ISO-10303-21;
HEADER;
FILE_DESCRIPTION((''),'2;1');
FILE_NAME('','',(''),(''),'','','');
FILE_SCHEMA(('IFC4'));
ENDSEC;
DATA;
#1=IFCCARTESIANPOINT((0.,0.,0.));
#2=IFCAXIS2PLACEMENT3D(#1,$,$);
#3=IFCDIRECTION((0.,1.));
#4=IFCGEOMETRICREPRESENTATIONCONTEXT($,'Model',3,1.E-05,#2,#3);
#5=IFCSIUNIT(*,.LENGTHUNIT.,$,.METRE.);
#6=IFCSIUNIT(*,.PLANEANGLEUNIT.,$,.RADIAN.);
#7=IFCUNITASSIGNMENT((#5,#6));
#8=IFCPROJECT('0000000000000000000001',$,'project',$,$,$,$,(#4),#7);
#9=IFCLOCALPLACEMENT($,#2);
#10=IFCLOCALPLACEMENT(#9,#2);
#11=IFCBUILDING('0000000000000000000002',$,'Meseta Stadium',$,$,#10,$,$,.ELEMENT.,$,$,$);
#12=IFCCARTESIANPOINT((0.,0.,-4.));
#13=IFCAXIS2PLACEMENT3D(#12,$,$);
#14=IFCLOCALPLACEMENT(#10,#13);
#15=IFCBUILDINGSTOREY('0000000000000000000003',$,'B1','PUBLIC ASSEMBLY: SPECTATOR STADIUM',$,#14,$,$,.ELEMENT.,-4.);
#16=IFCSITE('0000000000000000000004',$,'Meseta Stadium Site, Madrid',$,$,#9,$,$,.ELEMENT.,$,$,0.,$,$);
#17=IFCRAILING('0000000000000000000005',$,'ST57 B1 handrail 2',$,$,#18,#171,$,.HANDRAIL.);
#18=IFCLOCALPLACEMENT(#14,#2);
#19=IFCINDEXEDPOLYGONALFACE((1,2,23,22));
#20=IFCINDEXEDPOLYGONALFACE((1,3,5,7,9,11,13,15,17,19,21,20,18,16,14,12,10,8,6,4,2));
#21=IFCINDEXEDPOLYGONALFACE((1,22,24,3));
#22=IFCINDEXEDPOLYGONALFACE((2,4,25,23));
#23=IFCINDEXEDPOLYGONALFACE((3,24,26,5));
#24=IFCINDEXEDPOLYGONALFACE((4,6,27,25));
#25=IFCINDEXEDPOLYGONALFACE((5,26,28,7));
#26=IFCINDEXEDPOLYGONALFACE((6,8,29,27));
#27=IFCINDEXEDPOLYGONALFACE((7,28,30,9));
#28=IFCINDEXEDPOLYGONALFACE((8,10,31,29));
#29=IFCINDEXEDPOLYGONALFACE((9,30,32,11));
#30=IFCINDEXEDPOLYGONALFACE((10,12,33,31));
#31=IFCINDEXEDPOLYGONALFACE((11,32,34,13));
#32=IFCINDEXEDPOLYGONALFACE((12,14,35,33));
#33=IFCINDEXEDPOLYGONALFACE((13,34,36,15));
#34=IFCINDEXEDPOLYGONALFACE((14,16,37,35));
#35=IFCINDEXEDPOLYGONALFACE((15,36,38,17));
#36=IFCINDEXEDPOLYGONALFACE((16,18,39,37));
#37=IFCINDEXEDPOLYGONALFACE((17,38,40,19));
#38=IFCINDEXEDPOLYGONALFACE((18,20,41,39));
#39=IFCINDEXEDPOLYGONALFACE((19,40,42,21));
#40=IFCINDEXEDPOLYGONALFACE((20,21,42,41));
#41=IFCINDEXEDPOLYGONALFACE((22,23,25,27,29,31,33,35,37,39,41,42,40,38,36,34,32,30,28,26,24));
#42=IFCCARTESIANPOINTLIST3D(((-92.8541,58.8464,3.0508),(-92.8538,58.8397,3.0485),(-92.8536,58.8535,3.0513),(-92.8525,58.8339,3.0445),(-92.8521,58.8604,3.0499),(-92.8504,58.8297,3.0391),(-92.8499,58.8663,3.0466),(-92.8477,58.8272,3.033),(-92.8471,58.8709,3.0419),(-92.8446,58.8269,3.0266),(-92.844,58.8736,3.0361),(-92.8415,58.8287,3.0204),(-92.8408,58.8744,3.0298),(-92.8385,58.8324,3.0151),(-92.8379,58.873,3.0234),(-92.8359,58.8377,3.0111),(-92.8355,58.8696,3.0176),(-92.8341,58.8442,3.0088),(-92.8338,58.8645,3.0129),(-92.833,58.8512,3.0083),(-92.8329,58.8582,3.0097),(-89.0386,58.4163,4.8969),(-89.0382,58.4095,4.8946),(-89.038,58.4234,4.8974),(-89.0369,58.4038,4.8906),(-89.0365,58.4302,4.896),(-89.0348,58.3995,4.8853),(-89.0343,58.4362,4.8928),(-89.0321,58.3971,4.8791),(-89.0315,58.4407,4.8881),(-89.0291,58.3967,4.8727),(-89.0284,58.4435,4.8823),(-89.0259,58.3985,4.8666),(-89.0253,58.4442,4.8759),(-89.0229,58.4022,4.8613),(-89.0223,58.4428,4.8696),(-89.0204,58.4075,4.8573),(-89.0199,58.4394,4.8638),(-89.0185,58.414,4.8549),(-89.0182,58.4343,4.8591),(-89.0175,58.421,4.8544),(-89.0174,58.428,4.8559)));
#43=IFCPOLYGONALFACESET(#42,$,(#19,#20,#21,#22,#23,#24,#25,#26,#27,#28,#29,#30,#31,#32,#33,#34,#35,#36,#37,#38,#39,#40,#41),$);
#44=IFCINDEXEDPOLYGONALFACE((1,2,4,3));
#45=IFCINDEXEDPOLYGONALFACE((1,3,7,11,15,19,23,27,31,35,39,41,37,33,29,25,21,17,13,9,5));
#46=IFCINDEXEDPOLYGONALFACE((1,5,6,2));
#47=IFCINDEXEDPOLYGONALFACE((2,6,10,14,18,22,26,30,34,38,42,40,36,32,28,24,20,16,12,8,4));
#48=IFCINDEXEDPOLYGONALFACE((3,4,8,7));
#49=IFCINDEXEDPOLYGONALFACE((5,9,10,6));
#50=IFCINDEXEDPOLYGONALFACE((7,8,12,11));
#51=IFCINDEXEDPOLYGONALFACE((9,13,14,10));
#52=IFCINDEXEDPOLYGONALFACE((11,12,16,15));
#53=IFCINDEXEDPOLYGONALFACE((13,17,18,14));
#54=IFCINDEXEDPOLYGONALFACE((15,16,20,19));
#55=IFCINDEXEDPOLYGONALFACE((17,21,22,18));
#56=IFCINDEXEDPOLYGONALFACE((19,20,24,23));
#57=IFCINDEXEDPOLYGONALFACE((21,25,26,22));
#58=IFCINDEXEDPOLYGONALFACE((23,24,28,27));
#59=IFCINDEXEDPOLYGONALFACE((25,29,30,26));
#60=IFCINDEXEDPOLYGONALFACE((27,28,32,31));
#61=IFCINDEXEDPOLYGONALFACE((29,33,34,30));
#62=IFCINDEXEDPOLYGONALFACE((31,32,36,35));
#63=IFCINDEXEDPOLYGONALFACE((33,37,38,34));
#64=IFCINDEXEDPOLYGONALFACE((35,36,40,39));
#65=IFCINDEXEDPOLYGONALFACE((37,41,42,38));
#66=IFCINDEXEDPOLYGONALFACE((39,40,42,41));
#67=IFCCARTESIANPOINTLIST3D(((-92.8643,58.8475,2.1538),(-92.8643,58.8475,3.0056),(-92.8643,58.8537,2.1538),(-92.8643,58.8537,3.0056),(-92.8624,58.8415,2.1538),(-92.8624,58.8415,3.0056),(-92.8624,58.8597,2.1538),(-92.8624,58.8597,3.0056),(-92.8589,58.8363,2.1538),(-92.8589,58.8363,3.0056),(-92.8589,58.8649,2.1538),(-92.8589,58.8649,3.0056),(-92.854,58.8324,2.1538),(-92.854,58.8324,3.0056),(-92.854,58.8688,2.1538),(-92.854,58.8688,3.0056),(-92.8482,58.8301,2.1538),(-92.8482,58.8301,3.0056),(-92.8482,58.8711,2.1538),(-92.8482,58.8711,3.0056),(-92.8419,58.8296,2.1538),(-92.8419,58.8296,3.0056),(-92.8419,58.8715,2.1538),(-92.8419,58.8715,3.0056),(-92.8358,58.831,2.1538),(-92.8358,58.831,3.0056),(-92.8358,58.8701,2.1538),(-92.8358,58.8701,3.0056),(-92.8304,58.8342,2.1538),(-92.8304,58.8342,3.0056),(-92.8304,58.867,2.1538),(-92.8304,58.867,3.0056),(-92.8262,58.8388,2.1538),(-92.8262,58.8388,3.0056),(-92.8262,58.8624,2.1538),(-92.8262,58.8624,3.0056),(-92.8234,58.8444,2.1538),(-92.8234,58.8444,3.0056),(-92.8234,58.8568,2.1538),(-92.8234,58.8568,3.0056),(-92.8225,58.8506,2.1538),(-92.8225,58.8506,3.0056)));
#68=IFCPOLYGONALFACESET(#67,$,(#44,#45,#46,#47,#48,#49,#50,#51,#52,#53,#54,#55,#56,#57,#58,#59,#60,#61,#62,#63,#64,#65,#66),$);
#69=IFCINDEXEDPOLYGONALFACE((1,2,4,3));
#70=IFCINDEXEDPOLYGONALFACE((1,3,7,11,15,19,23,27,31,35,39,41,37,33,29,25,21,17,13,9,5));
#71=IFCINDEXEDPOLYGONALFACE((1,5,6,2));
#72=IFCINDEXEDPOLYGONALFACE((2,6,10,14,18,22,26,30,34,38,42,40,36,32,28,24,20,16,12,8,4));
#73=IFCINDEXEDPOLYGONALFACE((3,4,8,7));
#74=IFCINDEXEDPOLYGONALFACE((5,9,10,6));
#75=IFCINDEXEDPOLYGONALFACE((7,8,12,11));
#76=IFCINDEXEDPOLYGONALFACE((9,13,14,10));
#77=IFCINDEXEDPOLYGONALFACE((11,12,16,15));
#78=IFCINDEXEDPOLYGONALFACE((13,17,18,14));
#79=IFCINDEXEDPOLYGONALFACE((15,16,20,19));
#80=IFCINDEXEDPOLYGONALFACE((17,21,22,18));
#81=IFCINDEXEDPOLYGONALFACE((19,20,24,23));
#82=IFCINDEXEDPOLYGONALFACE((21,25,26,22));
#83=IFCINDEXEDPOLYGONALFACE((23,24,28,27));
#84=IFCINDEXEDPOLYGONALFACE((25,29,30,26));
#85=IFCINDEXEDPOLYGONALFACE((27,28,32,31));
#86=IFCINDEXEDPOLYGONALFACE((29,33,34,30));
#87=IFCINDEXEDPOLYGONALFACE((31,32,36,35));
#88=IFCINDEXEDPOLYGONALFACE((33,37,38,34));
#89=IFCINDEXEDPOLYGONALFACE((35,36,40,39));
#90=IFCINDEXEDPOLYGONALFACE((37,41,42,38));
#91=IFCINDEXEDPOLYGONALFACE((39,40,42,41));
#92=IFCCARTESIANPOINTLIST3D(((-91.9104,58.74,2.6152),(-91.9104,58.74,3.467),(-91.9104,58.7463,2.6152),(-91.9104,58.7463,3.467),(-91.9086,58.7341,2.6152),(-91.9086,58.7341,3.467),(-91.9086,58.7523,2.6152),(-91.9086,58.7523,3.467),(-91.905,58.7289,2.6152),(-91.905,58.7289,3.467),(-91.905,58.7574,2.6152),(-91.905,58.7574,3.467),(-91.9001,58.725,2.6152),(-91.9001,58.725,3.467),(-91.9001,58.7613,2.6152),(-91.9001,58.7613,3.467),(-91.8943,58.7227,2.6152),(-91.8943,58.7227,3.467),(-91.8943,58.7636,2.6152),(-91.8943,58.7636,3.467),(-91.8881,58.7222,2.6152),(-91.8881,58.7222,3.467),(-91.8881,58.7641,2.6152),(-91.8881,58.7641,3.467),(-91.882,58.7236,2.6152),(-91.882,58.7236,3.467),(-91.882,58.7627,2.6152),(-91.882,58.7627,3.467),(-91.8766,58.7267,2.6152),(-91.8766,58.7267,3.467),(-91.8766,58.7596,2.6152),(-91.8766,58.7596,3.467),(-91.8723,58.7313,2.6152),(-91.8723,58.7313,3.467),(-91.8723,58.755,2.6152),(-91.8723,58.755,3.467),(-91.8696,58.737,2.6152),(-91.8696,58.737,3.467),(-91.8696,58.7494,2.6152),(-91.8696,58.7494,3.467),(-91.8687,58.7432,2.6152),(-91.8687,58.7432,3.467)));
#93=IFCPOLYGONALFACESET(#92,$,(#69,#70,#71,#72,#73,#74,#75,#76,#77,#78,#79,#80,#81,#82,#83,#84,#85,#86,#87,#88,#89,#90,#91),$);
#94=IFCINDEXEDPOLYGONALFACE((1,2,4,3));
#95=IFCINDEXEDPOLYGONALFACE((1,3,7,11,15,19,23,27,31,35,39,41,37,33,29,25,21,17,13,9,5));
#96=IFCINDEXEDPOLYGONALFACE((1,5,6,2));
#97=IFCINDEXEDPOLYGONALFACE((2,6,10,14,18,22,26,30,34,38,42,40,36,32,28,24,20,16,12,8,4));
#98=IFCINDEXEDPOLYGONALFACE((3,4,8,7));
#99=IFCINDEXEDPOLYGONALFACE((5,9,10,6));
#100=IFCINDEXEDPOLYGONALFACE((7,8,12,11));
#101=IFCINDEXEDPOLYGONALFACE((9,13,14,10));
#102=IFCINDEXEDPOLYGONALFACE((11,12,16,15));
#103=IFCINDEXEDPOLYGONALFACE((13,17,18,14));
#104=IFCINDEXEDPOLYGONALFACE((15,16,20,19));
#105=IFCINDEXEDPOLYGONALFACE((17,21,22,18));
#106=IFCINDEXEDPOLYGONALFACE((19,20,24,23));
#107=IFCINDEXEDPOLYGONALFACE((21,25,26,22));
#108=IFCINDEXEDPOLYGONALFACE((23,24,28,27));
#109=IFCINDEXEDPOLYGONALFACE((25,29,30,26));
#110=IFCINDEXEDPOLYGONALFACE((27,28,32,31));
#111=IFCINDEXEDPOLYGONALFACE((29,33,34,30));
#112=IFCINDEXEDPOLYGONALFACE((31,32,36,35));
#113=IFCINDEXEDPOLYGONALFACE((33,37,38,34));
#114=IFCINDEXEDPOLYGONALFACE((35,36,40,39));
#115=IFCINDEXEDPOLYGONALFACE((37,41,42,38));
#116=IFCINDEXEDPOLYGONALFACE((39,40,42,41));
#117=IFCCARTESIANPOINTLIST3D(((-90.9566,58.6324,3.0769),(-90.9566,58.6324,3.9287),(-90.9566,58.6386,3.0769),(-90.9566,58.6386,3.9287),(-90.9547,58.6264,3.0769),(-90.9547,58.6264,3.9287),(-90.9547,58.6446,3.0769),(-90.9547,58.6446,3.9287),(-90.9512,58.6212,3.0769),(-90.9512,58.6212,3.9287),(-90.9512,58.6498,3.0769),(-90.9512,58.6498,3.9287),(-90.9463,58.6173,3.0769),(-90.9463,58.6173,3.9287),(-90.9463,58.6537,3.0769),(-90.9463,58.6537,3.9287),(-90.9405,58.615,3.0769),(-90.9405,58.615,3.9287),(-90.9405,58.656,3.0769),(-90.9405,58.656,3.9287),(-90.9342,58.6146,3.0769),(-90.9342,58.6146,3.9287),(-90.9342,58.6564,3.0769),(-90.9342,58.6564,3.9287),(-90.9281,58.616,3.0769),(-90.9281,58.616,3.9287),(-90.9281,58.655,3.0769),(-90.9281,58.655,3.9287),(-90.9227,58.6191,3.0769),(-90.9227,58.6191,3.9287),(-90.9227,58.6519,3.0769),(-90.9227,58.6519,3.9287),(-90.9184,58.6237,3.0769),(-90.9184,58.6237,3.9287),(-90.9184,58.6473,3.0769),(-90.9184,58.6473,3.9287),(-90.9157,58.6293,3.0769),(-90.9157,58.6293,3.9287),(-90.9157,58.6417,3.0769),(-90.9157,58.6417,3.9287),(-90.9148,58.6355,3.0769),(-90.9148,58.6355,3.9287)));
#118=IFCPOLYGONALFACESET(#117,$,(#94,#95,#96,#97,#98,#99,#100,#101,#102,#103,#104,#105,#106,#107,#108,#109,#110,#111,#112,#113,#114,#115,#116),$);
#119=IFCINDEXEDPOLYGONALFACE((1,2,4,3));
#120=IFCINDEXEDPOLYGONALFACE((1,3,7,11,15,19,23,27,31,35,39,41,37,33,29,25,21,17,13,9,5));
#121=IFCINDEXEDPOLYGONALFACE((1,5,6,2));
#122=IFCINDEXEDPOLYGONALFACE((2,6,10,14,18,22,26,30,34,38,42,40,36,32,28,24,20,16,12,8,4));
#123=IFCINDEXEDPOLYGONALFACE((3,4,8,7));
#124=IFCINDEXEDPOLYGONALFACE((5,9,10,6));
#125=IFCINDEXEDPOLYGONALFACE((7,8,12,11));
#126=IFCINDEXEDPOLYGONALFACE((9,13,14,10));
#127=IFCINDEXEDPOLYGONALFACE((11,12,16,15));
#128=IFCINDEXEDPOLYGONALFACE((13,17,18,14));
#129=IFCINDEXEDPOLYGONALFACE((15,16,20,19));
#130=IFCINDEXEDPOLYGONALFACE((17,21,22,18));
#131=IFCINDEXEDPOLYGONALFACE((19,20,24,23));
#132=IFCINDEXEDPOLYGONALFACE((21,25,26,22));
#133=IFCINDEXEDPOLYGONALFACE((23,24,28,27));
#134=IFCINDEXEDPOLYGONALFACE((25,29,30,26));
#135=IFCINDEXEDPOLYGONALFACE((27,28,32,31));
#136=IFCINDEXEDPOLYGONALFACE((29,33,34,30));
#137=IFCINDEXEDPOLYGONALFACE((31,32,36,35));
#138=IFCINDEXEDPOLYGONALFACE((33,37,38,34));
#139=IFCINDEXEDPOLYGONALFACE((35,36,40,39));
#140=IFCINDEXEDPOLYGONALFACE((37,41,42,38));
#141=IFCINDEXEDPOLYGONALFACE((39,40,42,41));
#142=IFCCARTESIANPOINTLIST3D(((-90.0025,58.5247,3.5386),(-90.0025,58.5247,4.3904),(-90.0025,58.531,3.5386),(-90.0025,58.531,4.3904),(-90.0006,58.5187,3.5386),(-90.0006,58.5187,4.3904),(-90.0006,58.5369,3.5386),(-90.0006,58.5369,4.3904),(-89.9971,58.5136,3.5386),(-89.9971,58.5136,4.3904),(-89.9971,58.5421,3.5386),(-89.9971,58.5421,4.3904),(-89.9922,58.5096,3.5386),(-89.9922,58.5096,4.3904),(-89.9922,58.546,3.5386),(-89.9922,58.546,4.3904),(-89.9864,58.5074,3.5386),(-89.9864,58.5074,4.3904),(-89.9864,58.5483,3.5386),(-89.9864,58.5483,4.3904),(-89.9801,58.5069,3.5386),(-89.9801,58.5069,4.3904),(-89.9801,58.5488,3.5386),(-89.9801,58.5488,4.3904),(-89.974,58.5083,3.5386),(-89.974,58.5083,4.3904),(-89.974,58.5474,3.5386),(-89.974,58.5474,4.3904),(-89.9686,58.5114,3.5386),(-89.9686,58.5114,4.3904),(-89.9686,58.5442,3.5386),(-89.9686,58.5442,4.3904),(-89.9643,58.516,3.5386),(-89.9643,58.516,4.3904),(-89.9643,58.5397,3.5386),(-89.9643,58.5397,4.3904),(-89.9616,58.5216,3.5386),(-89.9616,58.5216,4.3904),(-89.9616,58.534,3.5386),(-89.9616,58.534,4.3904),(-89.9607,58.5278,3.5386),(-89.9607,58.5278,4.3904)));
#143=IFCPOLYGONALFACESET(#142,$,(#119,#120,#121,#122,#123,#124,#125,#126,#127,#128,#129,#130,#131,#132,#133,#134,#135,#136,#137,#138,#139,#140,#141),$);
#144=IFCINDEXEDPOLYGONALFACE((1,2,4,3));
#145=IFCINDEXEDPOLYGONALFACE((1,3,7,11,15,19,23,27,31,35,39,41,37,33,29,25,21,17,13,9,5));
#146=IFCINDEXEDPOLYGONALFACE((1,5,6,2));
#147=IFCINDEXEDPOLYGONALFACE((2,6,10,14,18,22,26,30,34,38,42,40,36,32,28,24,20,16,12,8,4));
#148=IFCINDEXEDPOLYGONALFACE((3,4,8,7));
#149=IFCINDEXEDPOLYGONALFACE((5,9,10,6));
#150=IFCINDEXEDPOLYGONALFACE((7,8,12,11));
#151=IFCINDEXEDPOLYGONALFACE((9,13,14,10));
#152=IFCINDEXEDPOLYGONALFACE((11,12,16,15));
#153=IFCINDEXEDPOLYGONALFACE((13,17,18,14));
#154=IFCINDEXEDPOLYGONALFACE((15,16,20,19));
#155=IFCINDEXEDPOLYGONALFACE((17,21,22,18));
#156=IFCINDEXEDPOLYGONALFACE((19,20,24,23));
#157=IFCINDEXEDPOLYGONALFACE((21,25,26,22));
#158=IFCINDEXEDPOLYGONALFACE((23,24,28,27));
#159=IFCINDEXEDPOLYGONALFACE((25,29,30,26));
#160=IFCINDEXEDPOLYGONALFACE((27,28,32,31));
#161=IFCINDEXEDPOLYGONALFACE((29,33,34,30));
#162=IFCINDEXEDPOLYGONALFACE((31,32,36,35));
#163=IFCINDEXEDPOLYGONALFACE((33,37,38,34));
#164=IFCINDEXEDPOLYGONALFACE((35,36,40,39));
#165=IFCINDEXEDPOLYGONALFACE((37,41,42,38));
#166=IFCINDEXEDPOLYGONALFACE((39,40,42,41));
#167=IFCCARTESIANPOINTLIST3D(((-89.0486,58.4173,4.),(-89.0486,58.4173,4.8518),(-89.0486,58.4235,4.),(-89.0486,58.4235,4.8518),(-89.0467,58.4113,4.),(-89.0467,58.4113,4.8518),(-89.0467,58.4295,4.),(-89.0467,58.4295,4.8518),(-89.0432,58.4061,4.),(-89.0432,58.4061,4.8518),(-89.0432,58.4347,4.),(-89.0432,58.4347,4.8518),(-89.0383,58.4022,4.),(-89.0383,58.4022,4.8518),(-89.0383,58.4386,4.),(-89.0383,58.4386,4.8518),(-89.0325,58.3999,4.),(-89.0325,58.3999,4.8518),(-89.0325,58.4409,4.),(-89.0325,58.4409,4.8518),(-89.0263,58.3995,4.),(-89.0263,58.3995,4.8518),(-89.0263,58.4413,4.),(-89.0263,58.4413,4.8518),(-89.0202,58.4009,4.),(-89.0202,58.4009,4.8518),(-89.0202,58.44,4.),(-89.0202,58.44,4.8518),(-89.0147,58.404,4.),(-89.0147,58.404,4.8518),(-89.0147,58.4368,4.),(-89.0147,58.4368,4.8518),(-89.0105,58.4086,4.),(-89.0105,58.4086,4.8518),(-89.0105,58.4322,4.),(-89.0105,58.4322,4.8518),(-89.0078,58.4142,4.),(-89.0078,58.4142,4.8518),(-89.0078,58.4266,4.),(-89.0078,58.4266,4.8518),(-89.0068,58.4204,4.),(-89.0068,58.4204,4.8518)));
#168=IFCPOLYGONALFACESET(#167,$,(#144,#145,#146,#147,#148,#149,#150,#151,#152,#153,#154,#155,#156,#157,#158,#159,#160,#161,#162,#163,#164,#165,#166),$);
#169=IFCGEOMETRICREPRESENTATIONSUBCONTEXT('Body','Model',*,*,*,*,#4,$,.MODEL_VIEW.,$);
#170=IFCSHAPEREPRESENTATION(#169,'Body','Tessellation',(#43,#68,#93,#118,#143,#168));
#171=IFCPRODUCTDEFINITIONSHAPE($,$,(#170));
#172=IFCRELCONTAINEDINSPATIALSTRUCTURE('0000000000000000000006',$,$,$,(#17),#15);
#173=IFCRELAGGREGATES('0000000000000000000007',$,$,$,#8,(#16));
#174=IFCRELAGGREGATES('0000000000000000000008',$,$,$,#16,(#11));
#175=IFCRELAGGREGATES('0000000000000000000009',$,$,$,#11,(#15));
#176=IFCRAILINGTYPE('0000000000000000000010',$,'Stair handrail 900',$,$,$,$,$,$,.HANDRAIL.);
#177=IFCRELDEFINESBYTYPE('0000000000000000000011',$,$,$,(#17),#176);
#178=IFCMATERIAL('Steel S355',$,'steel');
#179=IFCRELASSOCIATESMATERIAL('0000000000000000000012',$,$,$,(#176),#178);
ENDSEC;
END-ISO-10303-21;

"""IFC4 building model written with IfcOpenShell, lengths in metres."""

from ifc_helpers import new_model, si_unit, direction, frame, origin, origin_2d, place, context, subcontext, project, spatial, circle, extrude, material, type_object, element, save


model = new_model("IFC4")

# Units and contexts
model_context = context("Model", 3, precision=1e-05, world=origin(), true_north=direction((0.0, 1.0)))
body_context = subcontext(model_context, "Body", "Model", "MODEL_VIEW")
ifc_project = project(units=[si_unit("LENGTHUNIT", "METRE"), si_unit("PLANEANGLEUNIT", "RADIAN")], contexts=[model_context])

# Site, building, storey
site_placement = place(None, origin())
site = spatial("IfcSite", under=ifc_project, at=site_placement, Name="Meseta Stadium Site, Madrid", CompositionType="ELEMENT", RefElevation=0.0)
building_placement = place(site_placement, origin())
building = spatial("IfcBuilding", under=site, at=building_placement, Name="Meseta Stadium", CompositionType="ELEMENT")
storey_placement = place(building_placement, frame((0.0, 0.0, -4.0)))
storey = spatial("IfcBuildingStorey", under=building, at=storey_placement, Name="B1", Description="PUBLIC ASSEMBLY: SPECTATOR STADIUM", CompositionType="ELEMENT", Elevation=-4.0)

# Railing
ifc_material_1 = material(Name="Steel S355", Category="steel")
railing_type_1 = type_object("IfcRailingType", Name="Stair handrail 900", PredefinedType="HANDRAIL", material=ifc_material_1)
railing_1_placement = place(storey_placement, frame((-92.8435, 58.8506, 2.1538)))
element("IfcRailing", 1, at=railing_1_placement, inside=storey, type_object=railing_type_1, Name="ST57 B1 handrail 2", PredefinedType="HANDRAIL", context=body_context, shape_type="SweptSolid", body=[
    extrude(circle(Radius=0.0239, at=origin_2d()), frame((0.0, 0.0, 0.876), z_axis=(0.895569, -0.100966, 0.433316), x_axis=(0.112029, 0.993705, 0.0)), (0.0, 0.0, 1.0), 4.2605),
    extrude(circle(Radius=0.021, at=origin_2d()), origin(), (0.0, 0.0, 1.0), 0.8518),
    extrude(circle(Radius=0.021, at=origin_2d()), frame((0.9539, -0.1074, 0.4614)), (0.0, 0.0, 1.0), 0.8518),
    extrude(circle(Radius=0.021, at=origin_2d()), frame((1.9077, -0.2151, 0.9231)), (0.0, 0.0, 1.0), 0.8518),
    extrude(circle(Radius=0.021, at=origin_2d()), frame((2.8618, -0.3228, 1.3848)), (0.0, 0.0, 1.0), 0.8518),
    extrude(circle(Radius=0.021, at=origin_2d()), frame((3.8157, -0.4302, 1.8462)), (0.0, 0.0, 1.0), 0.8518),
])

save(model, "model.ifc")
